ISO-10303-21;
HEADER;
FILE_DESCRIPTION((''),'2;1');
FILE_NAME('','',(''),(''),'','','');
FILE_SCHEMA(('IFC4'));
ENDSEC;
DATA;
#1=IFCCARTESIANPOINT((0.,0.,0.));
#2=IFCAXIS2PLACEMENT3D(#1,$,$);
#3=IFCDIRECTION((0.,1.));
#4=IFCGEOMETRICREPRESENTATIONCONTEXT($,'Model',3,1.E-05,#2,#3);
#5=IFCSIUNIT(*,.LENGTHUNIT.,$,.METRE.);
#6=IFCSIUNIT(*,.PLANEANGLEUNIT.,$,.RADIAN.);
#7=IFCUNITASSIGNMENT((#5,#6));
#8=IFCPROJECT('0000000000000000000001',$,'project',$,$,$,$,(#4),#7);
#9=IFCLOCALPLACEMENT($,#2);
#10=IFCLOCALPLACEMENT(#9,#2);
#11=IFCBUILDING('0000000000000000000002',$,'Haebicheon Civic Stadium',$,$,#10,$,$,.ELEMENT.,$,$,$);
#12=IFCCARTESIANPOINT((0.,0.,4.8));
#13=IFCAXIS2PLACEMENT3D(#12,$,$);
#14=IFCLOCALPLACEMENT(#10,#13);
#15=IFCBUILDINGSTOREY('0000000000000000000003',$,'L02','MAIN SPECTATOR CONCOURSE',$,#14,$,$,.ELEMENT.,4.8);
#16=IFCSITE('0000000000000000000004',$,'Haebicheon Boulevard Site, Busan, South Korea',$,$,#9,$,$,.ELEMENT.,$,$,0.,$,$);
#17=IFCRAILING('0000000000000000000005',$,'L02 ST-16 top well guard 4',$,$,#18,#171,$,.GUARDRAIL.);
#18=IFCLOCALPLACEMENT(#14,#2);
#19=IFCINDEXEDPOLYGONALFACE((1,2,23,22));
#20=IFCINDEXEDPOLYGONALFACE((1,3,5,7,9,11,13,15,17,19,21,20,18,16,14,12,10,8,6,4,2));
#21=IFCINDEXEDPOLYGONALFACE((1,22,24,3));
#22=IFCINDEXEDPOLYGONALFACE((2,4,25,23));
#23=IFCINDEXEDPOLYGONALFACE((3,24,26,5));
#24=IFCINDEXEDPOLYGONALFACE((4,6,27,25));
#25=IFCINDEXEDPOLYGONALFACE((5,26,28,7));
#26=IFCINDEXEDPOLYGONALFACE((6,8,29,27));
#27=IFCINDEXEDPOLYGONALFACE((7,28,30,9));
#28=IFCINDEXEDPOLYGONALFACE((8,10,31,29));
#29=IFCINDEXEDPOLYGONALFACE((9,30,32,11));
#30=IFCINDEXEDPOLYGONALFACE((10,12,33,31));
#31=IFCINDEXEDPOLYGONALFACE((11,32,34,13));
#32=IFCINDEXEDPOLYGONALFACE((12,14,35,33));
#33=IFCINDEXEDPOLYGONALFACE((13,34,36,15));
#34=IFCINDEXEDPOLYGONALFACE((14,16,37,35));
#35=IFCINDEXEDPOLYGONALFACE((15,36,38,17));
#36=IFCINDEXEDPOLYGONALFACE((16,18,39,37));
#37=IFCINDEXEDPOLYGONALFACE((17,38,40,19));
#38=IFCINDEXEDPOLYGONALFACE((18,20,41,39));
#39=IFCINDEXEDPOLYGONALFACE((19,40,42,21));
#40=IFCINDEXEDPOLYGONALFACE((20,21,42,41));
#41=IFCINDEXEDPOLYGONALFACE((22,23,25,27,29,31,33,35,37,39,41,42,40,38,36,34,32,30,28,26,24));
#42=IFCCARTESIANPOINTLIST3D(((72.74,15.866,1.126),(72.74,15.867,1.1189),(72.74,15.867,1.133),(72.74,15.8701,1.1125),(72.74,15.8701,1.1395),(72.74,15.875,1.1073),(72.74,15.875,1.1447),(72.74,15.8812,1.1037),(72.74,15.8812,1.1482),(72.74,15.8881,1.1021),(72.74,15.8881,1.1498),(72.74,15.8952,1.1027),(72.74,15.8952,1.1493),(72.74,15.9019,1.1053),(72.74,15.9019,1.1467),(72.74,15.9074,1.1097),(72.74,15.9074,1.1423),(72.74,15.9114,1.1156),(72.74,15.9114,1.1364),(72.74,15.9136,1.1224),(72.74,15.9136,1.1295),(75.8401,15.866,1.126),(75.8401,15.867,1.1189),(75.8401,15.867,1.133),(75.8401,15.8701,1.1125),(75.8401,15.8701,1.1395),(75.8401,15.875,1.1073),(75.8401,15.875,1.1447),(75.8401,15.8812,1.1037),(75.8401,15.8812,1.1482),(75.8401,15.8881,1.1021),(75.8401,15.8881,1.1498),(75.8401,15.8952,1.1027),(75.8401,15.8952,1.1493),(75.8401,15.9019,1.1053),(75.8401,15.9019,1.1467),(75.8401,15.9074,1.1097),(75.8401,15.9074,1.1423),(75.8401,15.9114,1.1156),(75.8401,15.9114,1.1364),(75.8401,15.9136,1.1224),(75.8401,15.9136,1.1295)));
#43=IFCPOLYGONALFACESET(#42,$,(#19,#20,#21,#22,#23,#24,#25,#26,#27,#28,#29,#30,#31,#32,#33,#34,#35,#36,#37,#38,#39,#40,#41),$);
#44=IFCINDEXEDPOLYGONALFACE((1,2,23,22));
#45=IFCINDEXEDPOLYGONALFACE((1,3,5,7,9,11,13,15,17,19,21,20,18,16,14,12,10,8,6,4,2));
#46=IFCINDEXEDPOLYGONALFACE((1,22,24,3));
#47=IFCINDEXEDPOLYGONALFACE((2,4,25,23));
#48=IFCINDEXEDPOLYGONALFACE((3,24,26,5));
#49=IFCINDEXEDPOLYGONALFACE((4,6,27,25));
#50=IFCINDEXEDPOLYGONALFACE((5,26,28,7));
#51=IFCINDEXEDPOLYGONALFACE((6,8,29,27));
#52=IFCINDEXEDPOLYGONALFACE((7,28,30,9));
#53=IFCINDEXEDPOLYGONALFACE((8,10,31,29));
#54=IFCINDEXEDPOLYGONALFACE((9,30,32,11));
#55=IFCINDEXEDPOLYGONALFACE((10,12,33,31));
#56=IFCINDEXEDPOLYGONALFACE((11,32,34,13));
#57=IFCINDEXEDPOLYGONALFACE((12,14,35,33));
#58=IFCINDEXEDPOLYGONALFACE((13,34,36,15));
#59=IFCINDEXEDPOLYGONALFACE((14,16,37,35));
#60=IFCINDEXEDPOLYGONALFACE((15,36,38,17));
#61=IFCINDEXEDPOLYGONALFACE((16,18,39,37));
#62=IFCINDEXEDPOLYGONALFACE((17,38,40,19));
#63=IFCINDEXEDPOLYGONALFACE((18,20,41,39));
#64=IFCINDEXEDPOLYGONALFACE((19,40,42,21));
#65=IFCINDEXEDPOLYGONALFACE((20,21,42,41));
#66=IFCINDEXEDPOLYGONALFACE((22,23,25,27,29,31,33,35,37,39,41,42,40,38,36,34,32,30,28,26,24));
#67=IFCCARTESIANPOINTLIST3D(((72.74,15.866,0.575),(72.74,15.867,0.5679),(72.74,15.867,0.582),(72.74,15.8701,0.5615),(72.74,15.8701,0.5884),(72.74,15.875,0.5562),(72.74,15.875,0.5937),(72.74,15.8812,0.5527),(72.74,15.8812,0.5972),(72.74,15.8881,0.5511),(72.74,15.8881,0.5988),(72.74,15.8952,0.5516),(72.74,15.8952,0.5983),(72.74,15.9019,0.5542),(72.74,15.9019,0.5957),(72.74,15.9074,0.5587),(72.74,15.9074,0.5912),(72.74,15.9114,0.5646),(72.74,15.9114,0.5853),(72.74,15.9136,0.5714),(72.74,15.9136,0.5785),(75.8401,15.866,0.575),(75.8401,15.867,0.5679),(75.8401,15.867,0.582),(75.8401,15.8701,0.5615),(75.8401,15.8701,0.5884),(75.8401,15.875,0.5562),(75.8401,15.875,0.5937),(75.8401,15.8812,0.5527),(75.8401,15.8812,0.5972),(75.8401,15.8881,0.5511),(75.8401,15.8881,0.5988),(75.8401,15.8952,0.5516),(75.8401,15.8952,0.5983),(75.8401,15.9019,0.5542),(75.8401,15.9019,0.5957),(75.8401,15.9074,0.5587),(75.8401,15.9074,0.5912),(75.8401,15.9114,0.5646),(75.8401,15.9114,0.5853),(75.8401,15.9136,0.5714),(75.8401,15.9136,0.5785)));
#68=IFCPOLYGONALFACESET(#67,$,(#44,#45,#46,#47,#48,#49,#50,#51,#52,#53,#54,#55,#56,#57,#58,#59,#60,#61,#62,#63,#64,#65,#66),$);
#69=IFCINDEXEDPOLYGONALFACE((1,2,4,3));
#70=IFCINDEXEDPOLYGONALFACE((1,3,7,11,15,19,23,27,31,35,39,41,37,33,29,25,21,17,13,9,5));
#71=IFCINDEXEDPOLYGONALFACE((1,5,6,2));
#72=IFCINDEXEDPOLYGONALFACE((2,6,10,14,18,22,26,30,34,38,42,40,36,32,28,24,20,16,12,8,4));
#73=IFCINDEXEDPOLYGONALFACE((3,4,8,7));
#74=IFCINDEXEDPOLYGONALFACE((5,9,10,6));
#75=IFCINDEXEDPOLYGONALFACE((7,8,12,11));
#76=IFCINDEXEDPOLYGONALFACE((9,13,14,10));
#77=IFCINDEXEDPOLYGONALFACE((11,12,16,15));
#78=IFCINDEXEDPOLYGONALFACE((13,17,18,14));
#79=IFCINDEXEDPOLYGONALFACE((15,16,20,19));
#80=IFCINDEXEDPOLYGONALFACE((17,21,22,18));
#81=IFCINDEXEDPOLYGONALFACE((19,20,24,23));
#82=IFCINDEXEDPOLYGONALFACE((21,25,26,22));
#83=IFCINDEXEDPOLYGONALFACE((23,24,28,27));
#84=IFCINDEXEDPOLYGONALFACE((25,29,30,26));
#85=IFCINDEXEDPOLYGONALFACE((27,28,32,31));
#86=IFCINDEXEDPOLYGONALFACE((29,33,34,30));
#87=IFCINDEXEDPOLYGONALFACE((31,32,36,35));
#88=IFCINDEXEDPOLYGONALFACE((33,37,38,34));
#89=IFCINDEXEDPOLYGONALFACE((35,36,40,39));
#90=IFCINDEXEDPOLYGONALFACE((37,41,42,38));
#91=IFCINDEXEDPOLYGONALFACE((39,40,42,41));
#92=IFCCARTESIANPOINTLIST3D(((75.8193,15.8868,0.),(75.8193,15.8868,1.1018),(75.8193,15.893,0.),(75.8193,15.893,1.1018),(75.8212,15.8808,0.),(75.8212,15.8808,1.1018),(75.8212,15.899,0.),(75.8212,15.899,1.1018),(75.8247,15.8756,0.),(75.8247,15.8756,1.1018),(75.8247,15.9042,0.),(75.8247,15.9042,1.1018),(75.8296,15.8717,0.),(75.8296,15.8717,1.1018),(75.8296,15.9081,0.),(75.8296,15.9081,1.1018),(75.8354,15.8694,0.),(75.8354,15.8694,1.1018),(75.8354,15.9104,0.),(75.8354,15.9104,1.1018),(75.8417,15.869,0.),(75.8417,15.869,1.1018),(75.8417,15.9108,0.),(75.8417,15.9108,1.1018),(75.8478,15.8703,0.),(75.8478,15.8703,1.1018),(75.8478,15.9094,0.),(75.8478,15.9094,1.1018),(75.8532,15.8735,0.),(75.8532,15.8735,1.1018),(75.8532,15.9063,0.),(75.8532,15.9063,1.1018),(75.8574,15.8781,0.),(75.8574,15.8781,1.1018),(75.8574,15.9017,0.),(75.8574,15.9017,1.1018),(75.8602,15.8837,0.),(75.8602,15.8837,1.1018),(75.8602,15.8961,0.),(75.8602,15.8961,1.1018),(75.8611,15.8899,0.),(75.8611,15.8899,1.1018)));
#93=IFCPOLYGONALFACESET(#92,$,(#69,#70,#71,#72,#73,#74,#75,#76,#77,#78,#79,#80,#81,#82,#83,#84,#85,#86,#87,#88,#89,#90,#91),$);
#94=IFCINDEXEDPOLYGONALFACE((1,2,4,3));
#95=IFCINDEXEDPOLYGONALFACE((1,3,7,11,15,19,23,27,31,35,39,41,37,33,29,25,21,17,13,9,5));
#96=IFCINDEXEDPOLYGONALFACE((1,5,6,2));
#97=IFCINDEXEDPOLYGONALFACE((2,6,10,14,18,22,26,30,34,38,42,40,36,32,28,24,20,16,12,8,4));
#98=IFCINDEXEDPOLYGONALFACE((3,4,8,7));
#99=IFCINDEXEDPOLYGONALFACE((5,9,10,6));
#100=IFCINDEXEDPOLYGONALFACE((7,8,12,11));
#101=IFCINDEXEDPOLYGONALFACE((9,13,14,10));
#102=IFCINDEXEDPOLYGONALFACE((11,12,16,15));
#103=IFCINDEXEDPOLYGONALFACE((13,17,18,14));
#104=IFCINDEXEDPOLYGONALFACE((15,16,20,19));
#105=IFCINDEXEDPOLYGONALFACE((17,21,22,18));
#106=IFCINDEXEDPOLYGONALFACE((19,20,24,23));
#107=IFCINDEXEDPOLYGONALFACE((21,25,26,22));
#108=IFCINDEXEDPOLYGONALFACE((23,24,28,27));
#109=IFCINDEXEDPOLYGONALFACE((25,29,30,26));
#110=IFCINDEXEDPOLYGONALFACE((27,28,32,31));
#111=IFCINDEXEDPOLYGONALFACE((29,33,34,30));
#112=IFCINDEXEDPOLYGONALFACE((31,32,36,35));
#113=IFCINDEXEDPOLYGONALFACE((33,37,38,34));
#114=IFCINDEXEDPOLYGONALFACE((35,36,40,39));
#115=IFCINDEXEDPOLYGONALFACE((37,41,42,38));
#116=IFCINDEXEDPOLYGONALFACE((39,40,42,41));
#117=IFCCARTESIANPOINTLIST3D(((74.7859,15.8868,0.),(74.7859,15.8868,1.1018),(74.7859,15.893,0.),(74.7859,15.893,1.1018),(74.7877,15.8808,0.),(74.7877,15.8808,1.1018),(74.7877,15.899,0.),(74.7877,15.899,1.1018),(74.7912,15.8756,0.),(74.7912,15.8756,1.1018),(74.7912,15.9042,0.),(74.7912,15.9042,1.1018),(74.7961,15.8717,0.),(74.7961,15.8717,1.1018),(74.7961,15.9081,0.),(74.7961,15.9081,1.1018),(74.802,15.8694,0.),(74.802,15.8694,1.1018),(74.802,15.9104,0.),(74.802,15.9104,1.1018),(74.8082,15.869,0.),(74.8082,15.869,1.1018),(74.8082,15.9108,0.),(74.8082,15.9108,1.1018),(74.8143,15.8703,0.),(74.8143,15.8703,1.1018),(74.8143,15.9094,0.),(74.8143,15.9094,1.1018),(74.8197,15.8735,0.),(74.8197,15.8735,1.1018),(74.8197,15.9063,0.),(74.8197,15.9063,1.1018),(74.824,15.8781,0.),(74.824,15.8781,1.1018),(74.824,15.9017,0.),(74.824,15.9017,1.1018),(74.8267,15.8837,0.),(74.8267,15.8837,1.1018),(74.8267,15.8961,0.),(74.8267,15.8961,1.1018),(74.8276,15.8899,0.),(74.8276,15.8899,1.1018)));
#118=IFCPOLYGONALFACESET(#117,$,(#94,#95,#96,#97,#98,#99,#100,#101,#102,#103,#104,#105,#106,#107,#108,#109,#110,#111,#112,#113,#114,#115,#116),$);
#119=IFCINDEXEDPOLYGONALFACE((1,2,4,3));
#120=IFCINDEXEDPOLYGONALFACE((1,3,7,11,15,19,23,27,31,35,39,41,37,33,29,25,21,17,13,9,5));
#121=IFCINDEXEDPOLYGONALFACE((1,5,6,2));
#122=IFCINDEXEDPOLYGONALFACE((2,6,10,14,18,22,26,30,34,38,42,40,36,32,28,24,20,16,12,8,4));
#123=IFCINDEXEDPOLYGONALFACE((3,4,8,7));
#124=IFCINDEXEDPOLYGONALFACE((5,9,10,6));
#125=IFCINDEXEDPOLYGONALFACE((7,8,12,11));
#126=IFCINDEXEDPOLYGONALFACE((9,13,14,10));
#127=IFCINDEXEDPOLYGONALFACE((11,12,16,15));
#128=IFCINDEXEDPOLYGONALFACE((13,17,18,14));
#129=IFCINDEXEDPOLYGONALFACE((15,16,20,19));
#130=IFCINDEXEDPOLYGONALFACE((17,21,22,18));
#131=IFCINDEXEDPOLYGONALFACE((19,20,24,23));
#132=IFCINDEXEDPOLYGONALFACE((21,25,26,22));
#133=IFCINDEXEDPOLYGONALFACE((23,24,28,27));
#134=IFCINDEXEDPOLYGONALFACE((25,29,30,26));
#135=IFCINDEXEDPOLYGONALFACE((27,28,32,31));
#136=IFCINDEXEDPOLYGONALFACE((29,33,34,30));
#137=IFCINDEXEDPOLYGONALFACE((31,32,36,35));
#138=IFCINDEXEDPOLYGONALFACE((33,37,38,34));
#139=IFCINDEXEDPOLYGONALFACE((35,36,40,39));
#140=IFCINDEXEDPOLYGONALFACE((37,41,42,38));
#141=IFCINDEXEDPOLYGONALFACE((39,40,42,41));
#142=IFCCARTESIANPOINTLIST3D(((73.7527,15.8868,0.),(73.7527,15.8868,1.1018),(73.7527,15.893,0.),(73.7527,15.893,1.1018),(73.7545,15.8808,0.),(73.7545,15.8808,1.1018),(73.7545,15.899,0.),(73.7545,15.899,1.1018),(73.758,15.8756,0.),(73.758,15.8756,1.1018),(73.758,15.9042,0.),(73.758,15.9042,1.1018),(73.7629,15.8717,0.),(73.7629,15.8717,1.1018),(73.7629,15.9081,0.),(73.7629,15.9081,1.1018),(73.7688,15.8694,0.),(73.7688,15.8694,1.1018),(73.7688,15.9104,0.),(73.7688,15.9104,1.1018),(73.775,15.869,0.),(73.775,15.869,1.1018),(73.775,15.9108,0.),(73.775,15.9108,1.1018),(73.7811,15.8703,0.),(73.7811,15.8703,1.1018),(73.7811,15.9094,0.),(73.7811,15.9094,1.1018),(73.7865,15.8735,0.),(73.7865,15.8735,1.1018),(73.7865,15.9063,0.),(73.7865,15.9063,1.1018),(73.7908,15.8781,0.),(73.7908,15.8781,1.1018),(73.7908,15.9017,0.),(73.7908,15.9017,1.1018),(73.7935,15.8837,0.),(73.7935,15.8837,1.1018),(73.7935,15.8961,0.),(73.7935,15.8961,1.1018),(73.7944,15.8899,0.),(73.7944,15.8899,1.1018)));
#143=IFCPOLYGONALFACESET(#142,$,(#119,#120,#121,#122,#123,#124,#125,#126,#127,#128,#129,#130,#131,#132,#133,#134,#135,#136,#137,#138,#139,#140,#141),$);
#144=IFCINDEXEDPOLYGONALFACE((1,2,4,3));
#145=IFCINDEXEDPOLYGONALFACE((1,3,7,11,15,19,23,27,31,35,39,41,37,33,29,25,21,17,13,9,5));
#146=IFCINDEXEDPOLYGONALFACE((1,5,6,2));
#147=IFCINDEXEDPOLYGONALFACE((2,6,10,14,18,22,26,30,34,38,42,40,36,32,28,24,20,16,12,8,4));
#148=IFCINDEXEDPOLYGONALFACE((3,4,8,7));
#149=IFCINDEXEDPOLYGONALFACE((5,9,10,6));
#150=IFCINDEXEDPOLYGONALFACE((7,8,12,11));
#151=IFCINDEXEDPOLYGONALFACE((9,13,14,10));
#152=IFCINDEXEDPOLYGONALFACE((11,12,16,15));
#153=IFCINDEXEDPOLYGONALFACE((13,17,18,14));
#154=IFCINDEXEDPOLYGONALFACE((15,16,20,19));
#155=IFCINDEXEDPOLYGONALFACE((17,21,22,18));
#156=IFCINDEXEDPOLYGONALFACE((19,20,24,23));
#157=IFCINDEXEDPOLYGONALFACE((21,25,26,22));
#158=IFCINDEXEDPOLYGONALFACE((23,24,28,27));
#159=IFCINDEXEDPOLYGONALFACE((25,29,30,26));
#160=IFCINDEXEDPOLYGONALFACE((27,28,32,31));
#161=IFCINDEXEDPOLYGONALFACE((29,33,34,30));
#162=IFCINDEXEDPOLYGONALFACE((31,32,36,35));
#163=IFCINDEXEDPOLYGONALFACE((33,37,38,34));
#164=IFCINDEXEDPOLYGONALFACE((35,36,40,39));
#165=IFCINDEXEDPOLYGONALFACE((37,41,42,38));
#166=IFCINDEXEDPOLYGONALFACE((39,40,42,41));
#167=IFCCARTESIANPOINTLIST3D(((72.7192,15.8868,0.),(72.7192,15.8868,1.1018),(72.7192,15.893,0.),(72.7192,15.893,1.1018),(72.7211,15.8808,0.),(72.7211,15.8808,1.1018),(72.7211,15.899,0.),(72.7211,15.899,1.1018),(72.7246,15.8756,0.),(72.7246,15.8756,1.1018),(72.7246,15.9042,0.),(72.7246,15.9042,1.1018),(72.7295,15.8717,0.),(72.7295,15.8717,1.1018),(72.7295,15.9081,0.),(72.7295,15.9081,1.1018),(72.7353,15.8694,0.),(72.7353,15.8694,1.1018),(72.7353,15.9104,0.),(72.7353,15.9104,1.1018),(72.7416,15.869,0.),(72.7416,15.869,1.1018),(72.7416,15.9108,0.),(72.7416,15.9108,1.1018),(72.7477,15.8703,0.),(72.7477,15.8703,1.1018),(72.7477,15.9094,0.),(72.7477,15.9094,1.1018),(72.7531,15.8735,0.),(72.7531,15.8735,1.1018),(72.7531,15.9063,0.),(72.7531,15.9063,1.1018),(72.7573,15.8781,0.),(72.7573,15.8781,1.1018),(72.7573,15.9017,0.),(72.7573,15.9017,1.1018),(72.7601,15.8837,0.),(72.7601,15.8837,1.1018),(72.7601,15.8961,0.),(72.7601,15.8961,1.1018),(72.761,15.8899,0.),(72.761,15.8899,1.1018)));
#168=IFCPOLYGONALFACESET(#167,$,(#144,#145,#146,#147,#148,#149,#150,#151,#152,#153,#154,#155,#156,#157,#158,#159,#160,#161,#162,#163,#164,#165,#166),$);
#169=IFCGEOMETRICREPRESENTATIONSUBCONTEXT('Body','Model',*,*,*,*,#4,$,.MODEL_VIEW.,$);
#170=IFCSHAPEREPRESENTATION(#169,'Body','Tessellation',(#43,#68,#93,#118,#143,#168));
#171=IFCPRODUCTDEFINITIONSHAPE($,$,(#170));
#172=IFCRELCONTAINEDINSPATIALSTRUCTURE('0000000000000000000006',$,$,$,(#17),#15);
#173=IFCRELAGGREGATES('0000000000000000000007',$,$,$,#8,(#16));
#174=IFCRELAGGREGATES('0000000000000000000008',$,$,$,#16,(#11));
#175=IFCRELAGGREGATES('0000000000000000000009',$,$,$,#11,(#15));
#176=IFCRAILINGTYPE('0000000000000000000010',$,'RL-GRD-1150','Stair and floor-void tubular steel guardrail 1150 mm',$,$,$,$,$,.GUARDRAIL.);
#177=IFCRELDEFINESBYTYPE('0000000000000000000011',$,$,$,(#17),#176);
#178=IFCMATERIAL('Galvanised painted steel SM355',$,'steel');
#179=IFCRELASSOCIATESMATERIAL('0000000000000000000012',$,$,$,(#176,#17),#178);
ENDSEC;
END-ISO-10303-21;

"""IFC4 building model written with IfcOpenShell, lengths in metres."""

from ifc_helpers import new_model, si_unit, direction, frame, origin, origin_2d, place, context, subcontext, project, spatial, circle, extrude, material, type_object, element, save


model = new_model("IFC4")

# Units and contexts
model_context = context("Model", 3, precision=1e-05, world=origin(), true_north=direction((0.0, 1.0)))
body_context = subcontext(model_context, "Body", "Model", "MODEL_VIEW")
ifc_project = project(units=[si_unit("LENGTHUNIT", "METRE"), si_unit("PLANEANGLEUNIT", "RADIAN")], contexts=[model_context])

# Site, building, storey
site_placement = place(None, origin())
site = spatial("IfcSite", under=ifc_project, at=site_placement, Name="Haebicheon Boulevard Site, Busan, South Korea", CompositionType="ELEMENT", RefElevation=0.0)
building_placement = place(site_placement, origin())
building = spatial("IfcBuilding", under=site, at=building_placement, Name="Haebicheon Civic Stadium", CompositionType="ELEMENT")
storey_placement = place(building_placement, frame((0.0, 0.0, 4.8)))
storey = spatial("IfcBuildingStorey", under=building, at=storey_placement, Name="L02", Description="MAIN SPECTATOR CONCOURSE", CompositionType="ELEMENT", Elevation=4.8)

# Railing
ifc_material_1 = material(Name="Galvanised painted steel SM355", Category="steel")
railing_type = type_object("IfcRailingType", Name="RL-GRD-1150", Description="Stair and floor-void tubular steel guardrail 1150 mm", PredefinedType="GUARDRAIL", material=ifc_material_1)
railing_1_placement = place(storey_placement, frame((75.8401, 15.8899, 0.0)))
element("IfcRailing", 1, at=railing_1_placement, inside=storey, type_object=railing_type, material=ifc_material_1, Name="L02 ST-16 top well guard 4", PredefinedType="GUARDRAIL", context=body_context, shape_type="SweptSolid", body=[
    extrude(circle(Radius=0.0239, at=origin_2d()), frame((0.0, 0.0, 1.126), z_axis=(-1.0, 0.0, 0.0), x_axis=(0.0, -1.0, 0.0)), (0.0, 0.0, 1.0), 3.1001),
    extrude(circle(Radius=0.0239, at=origin_2d()), frame((0.0, 0.0, 0.575), z_axis=(-1.0, 0.0, 0.0), x_axis=(0.0, -1.0, 0.0)), (0.0, 0.0, 1.0), 3.1001),
    extrude(circle(Radius=0.021, at=origin_2d()), origin(), (0.0, 0.0, 1.0), 1.1018),
    extrude(circle(Radius=0.021, at=origin_2d()), frame((-1.0334, 0.0, 0.0)), (0.0, 0.0, 1.0), 1.1018),
    extrude(circle(Radius=0.021, at=origin_2d()), frame((-2.0667, 0.0, 0.0)), (0.0, 0.0, 1.0), 1.1018),
    extrude(circle(Radius=0.021, at=origin_2d()), frame((-3.1001, 0.0, 0.0)), (0.0, 0.0, 1.0), 1.1018),
])

save(model, "model.ifc")
